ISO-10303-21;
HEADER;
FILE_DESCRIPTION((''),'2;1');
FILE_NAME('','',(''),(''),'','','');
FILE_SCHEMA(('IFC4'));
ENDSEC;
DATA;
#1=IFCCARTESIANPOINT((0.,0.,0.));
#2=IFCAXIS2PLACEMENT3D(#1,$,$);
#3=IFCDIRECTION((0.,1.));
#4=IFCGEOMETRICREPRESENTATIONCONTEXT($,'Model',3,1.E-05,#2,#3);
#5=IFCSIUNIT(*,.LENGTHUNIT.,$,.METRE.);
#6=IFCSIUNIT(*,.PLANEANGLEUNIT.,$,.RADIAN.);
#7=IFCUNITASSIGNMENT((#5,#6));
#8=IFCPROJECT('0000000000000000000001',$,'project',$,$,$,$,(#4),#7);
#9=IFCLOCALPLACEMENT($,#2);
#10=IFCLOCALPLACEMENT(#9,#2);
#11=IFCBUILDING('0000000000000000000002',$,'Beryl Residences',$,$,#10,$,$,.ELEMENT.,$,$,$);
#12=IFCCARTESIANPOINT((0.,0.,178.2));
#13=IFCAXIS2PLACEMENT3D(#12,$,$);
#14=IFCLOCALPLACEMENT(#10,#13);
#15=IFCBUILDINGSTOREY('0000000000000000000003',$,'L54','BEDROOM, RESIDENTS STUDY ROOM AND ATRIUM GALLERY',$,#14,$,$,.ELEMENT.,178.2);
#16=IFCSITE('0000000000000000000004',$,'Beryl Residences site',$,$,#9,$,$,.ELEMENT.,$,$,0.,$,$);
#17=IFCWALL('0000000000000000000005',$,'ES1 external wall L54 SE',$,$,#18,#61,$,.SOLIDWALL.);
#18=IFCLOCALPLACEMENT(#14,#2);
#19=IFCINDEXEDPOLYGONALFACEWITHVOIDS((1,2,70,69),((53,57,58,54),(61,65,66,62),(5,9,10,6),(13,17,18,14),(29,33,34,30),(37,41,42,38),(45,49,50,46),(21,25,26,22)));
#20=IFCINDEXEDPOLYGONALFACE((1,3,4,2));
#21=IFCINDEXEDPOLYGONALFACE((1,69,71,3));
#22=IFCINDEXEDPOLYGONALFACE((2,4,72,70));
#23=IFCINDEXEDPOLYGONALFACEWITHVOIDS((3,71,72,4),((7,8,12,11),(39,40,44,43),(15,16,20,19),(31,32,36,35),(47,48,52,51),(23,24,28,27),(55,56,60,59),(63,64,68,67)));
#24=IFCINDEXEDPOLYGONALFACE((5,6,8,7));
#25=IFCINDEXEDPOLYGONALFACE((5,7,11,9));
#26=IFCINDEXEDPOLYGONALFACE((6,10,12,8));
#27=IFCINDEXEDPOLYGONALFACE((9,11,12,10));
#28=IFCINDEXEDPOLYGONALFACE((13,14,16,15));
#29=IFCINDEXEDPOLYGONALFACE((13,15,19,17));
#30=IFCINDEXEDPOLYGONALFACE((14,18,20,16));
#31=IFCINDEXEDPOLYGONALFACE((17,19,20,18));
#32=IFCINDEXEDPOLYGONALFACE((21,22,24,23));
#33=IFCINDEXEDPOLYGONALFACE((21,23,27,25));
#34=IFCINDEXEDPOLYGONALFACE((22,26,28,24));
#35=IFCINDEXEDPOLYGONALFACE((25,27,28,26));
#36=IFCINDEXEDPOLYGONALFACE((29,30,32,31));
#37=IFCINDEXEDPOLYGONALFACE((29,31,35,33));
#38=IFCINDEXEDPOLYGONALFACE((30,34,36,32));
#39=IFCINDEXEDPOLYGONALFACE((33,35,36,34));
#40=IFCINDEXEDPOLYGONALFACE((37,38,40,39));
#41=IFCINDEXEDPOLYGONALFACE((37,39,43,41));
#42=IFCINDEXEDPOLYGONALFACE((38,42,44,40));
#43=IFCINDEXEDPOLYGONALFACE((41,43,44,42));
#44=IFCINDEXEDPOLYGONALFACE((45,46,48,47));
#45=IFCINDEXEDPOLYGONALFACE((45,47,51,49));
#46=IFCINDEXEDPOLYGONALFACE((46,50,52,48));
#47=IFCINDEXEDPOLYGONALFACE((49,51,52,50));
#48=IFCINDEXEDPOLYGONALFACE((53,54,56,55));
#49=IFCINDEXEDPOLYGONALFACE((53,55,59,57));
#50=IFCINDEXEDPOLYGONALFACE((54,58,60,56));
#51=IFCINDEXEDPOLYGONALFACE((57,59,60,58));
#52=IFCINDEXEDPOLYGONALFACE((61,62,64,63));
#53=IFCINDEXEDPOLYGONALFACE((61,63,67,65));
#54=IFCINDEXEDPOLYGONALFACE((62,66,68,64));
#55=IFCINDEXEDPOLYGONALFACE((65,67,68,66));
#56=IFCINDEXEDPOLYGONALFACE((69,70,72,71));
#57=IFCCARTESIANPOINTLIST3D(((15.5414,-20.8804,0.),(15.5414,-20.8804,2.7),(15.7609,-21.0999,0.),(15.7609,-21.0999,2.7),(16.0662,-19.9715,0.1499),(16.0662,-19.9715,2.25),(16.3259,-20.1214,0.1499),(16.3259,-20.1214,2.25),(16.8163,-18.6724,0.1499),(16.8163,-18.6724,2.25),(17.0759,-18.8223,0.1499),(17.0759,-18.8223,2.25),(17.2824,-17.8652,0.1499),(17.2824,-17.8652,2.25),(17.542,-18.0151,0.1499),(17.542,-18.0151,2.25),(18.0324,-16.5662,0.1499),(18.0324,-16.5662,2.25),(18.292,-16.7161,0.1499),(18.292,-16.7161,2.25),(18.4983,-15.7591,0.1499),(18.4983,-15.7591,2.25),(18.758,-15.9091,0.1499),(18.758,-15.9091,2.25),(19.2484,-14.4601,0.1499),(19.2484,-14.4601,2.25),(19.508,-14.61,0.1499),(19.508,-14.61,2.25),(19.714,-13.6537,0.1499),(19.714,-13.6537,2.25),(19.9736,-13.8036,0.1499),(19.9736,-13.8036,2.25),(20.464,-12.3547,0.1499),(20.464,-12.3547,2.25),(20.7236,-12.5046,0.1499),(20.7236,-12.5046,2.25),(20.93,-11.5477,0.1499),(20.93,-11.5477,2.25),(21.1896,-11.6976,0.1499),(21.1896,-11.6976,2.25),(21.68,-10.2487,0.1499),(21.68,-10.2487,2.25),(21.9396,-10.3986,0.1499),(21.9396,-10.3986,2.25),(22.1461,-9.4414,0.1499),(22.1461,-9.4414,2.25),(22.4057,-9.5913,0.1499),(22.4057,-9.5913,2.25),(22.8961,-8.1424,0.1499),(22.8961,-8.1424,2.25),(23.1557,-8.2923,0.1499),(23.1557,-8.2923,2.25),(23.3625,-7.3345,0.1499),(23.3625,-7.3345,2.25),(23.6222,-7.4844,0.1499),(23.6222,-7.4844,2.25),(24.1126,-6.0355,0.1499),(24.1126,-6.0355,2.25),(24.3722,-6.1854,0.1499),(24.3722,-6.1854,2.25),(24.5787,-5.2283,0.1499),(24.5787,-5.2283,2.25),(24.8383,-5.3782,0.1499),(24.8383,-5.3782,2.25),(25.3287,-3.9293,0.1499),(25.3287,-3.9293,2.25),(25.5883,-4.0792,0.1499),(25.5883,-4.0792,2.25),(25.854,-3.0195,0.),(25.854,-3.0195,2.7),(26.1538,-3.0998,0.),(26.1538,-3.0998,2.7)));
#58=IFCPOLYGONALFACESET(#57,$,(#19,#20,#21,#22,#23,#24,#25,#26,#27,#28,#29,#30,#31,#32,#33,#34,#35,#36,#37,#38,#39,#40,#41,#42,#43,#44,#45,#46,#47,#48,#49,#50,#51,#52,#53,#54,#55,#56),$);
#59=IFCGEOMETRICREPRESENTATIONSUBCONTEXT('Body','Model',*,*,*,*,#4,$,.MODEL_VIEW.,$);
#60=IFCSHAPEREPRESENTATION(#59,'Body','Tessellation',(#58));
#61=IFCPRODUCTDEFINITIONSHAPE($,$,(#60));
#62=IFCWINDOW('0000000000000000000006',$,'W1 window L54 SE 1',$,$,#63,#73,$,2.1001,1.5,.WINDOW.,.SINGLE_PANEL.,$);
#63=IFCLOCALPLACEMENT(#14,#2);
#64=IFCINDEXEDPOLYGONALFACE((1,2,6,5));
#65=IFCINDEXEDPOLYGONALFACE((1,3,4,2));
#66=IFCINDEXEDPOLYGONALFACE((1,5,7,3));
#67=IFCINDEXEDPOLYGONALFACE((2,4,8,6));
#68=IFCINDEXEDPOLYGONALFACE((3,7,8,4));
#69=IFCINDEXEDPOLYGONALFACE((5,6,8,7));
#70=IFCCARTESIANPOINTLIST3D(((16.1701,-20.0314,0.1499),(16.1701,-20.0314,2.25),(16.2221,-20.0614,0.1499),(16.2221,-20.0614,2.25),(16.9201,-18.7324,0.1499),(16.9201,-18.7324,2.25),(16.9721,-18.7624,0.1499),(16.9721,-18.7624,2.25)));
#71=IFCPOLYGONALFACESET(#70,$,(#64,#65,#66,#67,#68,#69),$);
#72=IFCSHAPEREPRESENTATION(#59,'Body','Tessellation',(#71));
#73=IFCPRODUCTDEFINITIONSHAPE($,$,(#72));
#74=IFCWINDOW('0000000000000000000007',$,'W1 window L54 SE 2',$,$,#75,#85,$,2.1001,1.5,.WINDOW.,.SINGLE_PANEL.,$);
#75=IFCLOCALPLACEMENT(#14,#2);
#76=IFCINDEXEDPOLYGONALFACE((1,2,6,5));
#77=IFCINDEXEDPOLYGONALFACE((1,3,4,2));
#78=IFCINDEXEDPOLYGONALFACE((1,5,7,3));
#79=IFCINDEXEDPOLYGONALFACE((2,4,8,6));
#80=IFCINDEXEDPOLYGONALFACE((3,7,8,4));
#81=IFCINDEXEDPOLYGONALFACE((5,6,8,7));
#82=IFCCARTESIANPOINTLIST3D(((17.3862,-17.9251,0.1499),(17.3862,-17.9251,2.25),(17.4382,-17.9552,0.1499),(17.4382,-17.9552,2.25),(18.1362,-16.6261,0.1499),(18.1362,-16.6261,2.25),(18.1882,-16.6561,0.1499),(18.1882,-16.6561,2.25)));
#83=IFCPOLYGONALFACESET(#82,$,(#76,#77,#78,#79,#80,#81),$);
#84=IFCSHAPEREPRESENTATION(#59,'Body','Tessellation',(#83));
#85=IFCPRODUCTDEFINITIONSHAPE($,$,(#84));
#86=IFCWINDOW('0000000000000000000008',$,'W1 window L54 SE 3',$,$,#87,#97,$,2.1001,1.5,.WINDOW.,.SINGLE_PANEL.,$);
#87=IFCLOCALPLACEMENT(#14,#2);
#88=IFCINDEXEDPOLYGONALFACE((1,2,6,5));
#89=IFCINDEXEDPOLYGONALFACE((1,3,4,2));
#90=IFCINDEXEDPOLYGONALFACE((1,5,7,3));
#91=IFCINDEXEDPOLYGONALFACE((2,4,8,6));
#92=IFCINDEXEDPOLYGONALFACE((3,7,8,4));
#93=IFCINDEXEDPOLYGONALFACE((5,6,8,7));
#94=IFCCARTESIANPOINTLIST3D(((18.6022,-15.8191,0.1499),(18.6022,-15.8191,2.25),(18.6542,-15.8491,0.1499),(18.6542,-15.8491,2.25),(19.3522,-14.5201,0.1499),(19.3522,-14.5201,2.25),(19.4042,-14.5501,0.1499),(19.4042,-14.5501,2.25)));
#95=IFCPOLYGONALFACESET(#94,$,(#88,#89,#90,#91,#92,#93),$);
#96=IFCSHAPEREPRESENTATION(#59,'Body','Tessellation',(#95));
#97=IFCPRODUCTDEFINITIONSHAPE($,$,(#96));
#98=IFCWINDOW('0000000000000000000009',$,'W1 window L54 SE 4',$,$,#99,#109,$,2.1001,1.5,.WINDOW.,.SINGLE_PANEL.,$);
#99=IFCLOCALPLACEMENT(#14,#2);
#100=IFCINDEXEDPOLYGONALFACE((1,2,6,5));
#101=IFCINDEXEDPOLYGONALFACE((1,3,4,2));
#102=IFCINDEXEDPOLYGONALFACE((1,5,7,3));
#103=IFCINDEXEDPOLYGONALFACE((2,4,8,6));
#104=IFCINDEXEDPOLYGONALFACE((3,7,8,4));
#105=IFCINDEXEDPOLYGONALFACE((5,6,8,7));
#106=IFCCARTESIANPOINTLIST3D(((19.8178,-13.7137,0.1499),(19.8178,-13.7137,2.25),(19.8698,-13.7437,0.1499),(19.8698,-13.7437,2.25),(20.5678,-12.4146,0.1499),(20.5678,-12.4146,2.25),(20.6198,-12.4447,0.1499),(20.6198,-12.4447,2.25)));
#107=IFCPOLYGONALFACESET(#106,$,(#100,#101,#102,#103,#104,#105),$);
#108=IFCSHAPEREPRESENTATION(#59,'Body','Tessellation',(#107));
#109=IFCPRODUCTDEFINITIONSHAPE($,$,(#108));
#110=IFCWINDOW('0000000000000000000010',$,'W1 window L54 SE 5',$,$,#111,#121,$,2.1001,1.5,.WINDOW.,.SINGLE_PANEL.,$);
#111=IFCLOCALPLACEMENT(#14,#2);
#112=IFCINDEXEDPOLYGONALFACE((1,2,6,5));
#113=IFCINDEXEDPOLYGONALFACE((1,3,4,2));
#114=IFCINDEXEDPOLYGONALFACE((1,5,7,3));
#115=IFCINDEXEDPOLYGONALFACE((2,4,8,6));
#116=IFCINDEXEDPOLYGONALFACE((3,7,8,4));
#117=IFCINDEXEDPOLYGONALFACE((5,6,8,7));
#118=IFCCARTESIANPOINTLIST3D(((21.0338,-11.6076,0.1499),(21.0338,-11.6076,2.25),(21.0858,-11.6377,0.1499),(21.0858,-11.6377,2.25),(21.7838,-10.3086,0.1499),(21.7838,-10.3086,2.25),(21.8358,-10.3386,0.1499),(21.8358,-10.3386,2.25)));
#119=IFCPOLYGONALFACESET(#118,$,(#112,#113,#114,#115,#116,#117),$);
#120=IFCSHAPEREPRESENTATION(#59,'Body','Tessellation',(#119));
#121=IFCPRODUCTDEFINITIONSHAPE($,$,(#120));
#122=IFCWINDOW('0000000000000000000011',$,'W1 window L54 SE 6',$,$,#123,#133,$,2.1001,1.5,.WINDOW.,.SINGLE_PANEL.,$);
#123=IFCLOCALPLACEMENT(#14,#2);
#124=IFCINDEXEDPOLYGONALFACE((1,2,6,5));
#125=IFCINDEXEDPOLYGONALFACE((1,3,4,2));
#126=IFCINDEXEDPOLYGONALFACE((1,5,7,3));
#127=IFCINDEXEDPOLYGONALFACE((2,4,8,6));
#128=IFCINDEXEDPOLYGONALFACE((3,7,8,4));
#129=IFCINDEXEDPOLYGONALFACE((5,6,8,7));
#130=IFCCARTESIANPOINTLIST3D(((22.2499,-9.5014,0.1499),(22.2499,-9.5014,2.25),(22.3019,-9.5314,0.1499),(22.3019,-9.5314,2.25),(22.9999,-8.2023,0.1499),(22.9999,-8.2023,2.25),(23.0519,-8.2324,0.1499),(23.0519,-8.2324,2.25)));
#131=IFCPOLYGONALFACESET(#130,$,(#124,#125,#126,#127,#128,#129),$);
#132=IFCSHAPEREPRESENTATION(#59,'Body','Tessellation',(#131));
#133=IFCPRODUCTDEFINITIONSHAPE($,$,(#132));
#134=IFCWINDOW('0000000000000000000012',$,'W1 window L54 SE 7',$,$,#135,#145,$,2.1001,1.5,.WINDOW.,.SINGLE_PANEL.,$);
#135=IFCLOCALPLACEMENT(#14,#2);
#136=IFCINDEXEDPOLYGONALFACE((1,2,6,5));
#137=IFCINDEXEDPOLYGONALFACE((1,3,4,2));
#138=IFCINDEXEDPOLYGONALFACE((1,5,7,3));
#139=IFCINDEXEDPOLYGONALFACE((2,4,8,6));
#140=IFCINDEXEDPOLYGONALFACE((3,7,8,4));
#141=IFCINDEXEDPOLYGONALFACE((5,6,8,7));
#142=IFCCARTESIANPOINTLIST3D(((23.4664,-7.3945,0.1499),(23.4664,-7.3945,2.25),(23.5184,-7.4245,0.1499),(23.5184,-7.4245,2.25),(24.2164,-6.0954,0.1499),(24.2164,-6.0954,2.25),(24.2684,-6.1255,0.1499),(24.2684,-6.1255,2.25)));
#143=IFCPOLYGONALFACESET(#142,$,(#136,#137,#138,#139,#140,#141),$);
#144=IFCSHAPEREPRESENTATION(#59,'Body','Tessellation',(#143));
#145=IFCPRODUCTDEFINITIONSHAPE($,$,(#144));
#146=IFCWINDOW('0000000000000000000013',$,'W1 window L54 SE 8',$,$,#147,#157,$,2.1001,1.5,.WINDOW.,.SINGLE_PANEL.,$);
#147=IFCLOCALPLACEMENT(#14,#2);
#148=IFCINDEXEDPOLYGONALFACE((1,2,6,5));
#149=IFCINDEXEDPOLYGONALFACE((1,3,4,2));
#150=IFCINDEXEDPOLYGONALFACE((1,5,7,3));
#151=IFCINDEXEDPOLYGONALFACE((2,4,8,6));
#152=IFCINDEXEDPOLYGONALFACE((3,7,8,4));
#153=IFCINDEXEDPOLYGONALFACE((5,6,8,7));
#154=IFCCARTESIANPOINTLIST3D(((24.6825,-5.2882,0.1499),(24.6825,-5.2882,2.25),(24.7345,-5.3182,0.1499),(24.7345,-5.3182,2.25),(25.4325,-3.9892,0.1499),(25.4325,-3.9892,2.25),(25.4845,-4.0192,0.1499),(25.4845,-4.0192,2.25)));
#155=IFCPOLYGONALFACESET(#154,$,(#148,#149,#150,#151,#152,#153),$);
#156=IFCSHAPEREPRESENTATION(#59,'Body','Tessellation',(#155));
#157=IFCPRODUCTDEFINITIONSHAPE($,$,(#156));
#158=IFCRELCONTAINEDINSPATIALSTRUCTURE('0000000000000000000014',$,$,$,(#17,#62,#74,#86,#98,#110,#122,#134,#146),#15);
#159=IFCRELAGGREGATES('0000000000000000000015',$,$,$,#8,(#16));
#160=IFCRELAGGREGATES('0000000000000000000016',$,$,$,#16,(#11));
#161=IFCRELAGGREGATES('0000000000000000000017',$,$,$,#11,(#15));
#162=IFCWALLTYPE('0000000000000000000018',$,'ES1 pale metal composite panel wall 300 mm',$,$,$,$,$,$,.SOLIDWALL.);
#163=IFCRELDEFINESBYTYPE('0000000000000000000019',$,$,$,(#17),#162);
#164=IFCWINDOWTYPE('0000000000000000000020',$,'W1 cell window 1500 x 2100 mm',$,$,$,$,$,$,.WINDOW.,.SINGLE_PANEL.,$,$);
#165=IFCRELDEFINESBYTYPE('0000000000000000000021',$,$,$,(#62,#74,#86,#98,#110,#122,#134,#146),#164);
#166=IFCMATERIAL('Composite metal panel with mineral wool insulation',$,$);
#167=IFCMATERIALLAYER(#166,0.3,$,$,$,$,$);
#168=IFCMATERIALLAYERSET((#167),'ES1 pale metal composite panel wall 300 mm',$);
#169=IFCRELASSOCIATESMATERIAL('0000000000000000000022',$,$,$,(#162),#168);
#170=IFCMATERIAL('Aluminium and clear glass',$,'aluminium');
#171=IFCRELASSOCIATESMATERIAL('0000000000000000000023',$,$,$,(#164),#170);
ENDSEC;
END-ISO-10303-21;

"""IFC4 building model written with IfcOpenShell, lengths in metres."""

from ifc_helpers import new_model, si_unit, direction, frame, frame_2d, origin, place, context, subcontext, project, spatial, polyline, rectangle, outline, extrude, material, layer, layer_set, type_object, element, fill, save


model = new_model("IFC4")

# Units and contexts
model_context = context("Model", 3, precision=1e-05, world=origin(), true_north=direction((0.0, 1.0)))
body_context = subcontext(model_context, "Body", "Model", "MODEL_VIEW")
ifc_project = project(units=[si_unit("LENGTHUNIT", "METRE"), si_unit("PLANEANGLEUNIT", "RADIAN")], contexts=[model_context])

# Site, building, storey
site_placement = place(None, origin())
site = spatial("IfcSite", under=ifc_project, at=site_placement, Name="Beryl Residences site", CompositionType="ELEMENT", RefElevation=0.0)
building_placement = place(site_placement, origin())
building = spatial("IfcBuilding", under=site, at=building_placement, Name="Beryl Residences", CompositionType="ELEMENT")
storey_placement = place(building_placement, frame((0.0, 0.0, 178.2)))
storey = spatial("IfcBuildingStorey", under=building, at=storey_placement, Name="L54", Description="BEDROOM, RESIDENTS STUDY ROOM AND ATRIUM GALLERY", CompositionType="ELEMENT", Elevation=178.2)

# Wall, openings, windows
ifc_material_1 = material(Name="Composite metal panel with mineral wool insulation")
ifc_layer_1 = layer(ifc_material_1, 0.3)
ifc_layer_set_1 = layer_set([ifc_layer_1], Name="ES1 pale metal composite panel wall 300 mm")
wall_type_1 = type_object("IfcWallType", Name="ES1 pale metal composite panel wall 300 mm", PredefinedType="SOLIDWALL", material=ifc_layer_set_1)
wall_1_placement = place(storey_placement, frame((15.6311, -21.0249, 0.0), z_axis=(0.0, 0.0, 1.0), x_axis=(0.500019, 0.866015, 0.0)))
wall_1 = element("IfcWall", 1, at=wall_1_placement, inside=storey, type_object=wall_type_1, Name="ES1 external wall L54 SE", PredefinedType="SOLIDWALL", context=body_context, shape_type="SweptSolid", body=[
    extrude(outline(polyline([(0.0, -0.1499), (20.7849, -0.1499), (20.7046, 0.1499), (0.0803, 0.1499), (0.0, -0.1499)])), origin(), (0.0, 0.0, 1.0), 2.7),
])
opening_1_placement = place(wall_1_placement, frame((1.1299, 0.0, 0.1499)))
opening_1 = element("IfcOpeningElement", 2, at=opening_1_placement, cuts=wall_1, PredefinedType="OPENING", context=body_context, shape_type="SweptSolid", body=[
    extrude(rectangle(XDim=1.5, YDim=2.1001, at=frame_2d((0.75, 1.05))), frame((0.0, 0.1599, 0.0), z_axis=(0.0, -1.0, 0.0), x_axis=(1.0, 0.0, 0.0)), (0.0, 0.0, 1.0), 0.3201),
])
opening_2_placement = place(wall_1_placement, frame((3.562, 0.0, 0.1499)))
opening_2 = element("IfcOpeningElement", 3, at=opening_2_placement, cuts=wall_1, PredefinedType="OPENING", context=body_context, shape_type="SweptSolid", body=[
    extrude(rectangle(XDim=1.5, YDim=2.1001, at=frame_2d((0.75, 1.05))), frame((0.0, 0.1599, 0.0), z_axis=(0.0, -1.0, 0.0), x_axis=(1.0, 0.0, 0.0)), (0.0, 0.0, 1.0), 0.3201),
])
opening_3_placement = place(wall_1_placement, frame((5.9939, 0.0, 0.1499)))
opening_3 = element("IfcOpeningElement", 4, at=opening_3_placement, cuts=wall_1, PredefinedType="OPENING", context=body_context, shape_type="SweptSolid", body=[
    extrude(rectangle(XDim=1.5, YDim=2.1001, at=frame_2d((0.75, 1.05))), frame((0.0, 0.1599, 0.0), z_axis=(0.0, -1.0, 0.0), x_axis=(1.0, 0.0, 0.0)), (0.0, 0.0, 1.0), 0.3201),
])
opening_4_placement = place(wall_1_placement, frame((8.425, 0.0, 0.1499)))
opening_4 = element("IfcOpeningElement", 5, at=opening_4_placement, cuts=wall_1, PredefinedType="OPENING", context=body_context, shape_type="SweptSolid", body=[
    extrude(rectangle(XDim=1.5, YDim=2.1001, at=frame_2d((0.75, 1.05))), frame((0.0, 0.1599, 0.0), z_axis=(0.0, -1.0, 0.0), x_axis=(1.0, 0.0, 0.0)), (0.0, 0.0, 1.0), 0.3201),
])
opening_5_placement = place(wall_1_placement, frame((10.8569, 0.0, 0.1499)))
opening_5 = element("IfcOpeningElement", 6, at=opening_5_placement, cuts=wall_1, PredefinedType="OPENING", context=body_context, shape_type="SweptSolid", body=[
    extrude(rectangle(XDim=1.5, YDim=2.1001, at=frame_2d((0.75, 1.05))), frame((0.0, 0.1599, 0.0), z_axis=(0.0, -1.0, 0.0), x_axis=(1.0, 0.0, 0.0)), (0.0, 0.0, 1.0), 0.3201),
])
opening_6_placement = place(wall_1_placement, frame((13.2891, 0.0, 0.1499)))
opening_6 = element("IfcOpeningElement", 7, at=opening_6_placement, cuts=wall_1, PredefinedType="OPENING", context=body_context, shape_type="SweptSolid", body=[
    extrude(rectangle(XDim=1.5, YDim=2.1001, at=frame_2d((0.75, 1.05))), frame((0.0, 0.1599, 0.0), z_axis=(0.0, -1.0, 0.0), x_axis=(1.0, 0.0, 0.0)), (0.0, 0.0, 1.0), 0.3201),
])
opening_7_placement = place(wall_1_placement, frame((15.7219, 0.0, 0.1499)))
opening_7 = element("IfcOpeningElement", 8, at=opening_7_placement, cuts=wall_1, PredefinedType="OPENING", context=body_context, shape_type="SweptSolid", body=[
    extrude(rectangle(XDim=1.5, YDim=2.1001, at=frame_2d((0.75, 1.05))), frame((0.0, 0.1599, 0.0), z_axis=(0.0, -1.0, 0.0), x_axis=(1.0, 0.0, 0.0)), (0.0, 0.0, 1.0), 0.3201),
])
opening_8_placement = place(wall_1_placement, frame((18.1541, 0.0, 0.1499)))
opening_8 = element("IfcOpeningElement", 9, at=opening_8_placement, cuts=wall_1, PredefinedType="OPENING", context=body_context, shape_type="SweptSolid", body=[
    extrude(rectangle(XDim=1.5, YDim=2.1001, at=frame_2d((0.75, 1.05))), frame((0.0, 0.1599, 0.0), z_axis=(0.0, -1.0, 0.0), x_axis=(1.0, 0.0, 0.0)), (0.0, 0.0, 1.0), 0.3201),
])
ifc_material_2 = material(Name="Aluminium and clear glass", Category="aluminium")
window_type = type_object("IfcWindowType", Name="W1 cell window 1500 x 2100 mm", PartitioningType="SINGLE_PANEL", PredefinedType="WINDOW", material=ifc_material_2)
window_1_placement = place(opening_1_placement, origin())
window_1 = element("IfcWindow", 10, at=window_1_placement, inside=storey, type_object=window_type, Name="W1 window L54 SE 1", OverallHeight=2.1001, OverallWidth=1.5, PartitioningType="SINGLE_PANEL", PredefinedType="WINDOW", context=body_context, shape_type="SweptSolid", body=[
    extrude(rectangle(XDim=1.5, YDim=2.1001, at=frame_2d((0.75, 1.05))), frame((0.0, 0.03, 0.0), z_axis=(0.0, -1.0, 0.0), x_axis=(1.0, 0.0, 0.0)), (0.0, 0.0, 1.0), 0.0601),
])
fill(opening_1, window_1)
window_2_placement = place(opening_2_placement, origin())
window_2 = element("IfcWindow", 11, at=window_2_placement, inside=storey, type_object=window_type, Name="W1 window L54 SE 2", OverallHeight=2.1001, OverallWidth=1.5, PartitioningType="SINGLE_PANEL", PredefinedType="WINDOW", context=body_context, shape_type="SweptSolid", body=[
    extrude(rectangle(XDim=1.5, YDim=2.1001, at=frame_2d((0.75, 1.05))), frame((0.0, 0.03, 0.0), z_axis=(0.0, -1.0, 0.0), x_axis=(1.0, 0.0, 0.0)), (0.0, 0.0, 1.0), 0.0601),
])
fill(opening_2, window_2)
window_3_placement = place(opening_3_placement, origin())
window_3 = element("IfcWindow", 12, at=window_3_placement, inside=storey, type_object=window_type, Name="W1 window L54 SE 3", OverallHeight=2.1001, OverallWidth=1.5, PartitioningType="SINGLE_PANEL", PredefinedType="WINDOW", context=body_context, shape_type="SweptSolid", body=[
    extrude(rectangle(XDim=1.5, YDim=2.1001, at=frame_2d((0.75, 1.05))), frame((0.0, 0.03, 0.0), z_axis=(0.0, -1.0, 0.0), x_axis=(1.0, 0.0, 0.0)), (0.0, 0.0, 1.0), 0.0601),
])
fill(opening_3, window_3)
window_4_placement = place(opening_4_placement, origin())
window_4 = element("IfcWindow", 13, at=window_4_placement, inside=storey, type_object=window_type, Name="W1 window L54 SE 4", OverallHeight=2.1001, OverallWidth=1.5, PartitioningType="SINGLE_PANEL", PredefinedType="WINDOW", context=body_context, shape_type="SweptSolid", body=[
    extrude(rectangle(XDim=1.5, YDim=2.1001, at=frame_2d((0.75, 1.05))), frame((0.0, 0.03, 0.0), z_axis=(0.0, -1.0, 0.0), x_axis=(1.0, 0.0, 0.0)), (0.0, 0.0, 1.0), 0.0601),
])
fill(opening_4, window_4)
window_5_placement = place(opening_5_placement, origin())
window_5 = element("IfcWindow", 14, at=window_5_placement, inside=storey, type_object=window_type, Name="W1 window L54 SE 5", OverallHeight=2.1001, OverallWidth=1.5, PartitioningType="SINGLE_PANEL", PredefinedType="WINDOW", context=body_context, shape_type="SweptSolid", body=[
    extrude(rectangle(XDim=1.5, YDim=2.1001, at=frame_2d((0.75, 1.05))), frame((0.0, 0.03, 0.0), z_axis=(0.0, -1.0, 0.0), x_axis=(1.0, 0.0, 0.0)), (0.0, 0.0, 1.0), 0.0601),
])
fill(opening_5, window_5)
window_6_placement = place(opening_6_placement, origin())
window_6 = element("IfcWindow", 15, at=window_6_placement, inside=storey, type_object=window_type, Name="W1 window L54 SE 6", OverallHeight=2.1001, OverallWidth=1.5, PartitioningType="SINGLE_PANEL", PredefinedType="WINDOW", context=body_context, shape_type="SweptSolid", body=[
    extrude(rectangle(XDim=1.5, YDim=2.1001, at=frame_2d((0.75, 1.05))), frame((0.0, 0.03, 0.0), z_axis=(0.0, -1.0, 0.0), x_axis=(1.0, 0.0, 0.0)), (0.0, 0.0, 1.0), 0.0601),
])
fill(opening_6, window_6)
window_7_placement = place(opening_7_placement, origin())
window_7 = element("IfcWindow", 16, at=window_7_placement, inside=storey, type_object=window_type, Name="W1 window L54 SE 7", OverallHeight=2.1001, OverallWidth=1.5, PartitioningType="SINGLE_PANEL", PredefinedType="WINDOW", context=body_context, shape_type="SweptSolid", body=[
    extrude(rectangle(XDim=1.5, YDim=2.1001, at=frame_2d((0.75, 1.05))), frame((0.0, 0.03, 0.0), z_axis=(0.0, -1.0, 0.0), x_axis=(1.0, 0.0, 0.0)), (0.0, 0.0, 1.0), 0.0601),
])
fill(opening_7, window_7)
window_8_placement = place(opening_8_placement, origin())
window_8 = element("IfcWindow", 17, at=window_8_placement, inside=storey, type_object=window_type, Name="W1 window L54 SE 8", OverallHeight=2.1001, OverallWidth=1.5, PartitioningType="SINGLE_PANEL", PredefinedType="WINDOW", context=body_context, shape_type="SweptSolid", body=[
    extrude(rectangle(XDim=1.5, YDim=2.1001, at=frame_2d((0.75, 1.05))), frame((0.0, 0.03, 0.0), z_axis=(0.0, -1.0, 0.0), x_axis=(1.0, 0.0, 0.0)), (0.0, 0.0, 1.0), 0.0601),
])
fill(opening_8, window_8)

save(model, "model.ifc")
